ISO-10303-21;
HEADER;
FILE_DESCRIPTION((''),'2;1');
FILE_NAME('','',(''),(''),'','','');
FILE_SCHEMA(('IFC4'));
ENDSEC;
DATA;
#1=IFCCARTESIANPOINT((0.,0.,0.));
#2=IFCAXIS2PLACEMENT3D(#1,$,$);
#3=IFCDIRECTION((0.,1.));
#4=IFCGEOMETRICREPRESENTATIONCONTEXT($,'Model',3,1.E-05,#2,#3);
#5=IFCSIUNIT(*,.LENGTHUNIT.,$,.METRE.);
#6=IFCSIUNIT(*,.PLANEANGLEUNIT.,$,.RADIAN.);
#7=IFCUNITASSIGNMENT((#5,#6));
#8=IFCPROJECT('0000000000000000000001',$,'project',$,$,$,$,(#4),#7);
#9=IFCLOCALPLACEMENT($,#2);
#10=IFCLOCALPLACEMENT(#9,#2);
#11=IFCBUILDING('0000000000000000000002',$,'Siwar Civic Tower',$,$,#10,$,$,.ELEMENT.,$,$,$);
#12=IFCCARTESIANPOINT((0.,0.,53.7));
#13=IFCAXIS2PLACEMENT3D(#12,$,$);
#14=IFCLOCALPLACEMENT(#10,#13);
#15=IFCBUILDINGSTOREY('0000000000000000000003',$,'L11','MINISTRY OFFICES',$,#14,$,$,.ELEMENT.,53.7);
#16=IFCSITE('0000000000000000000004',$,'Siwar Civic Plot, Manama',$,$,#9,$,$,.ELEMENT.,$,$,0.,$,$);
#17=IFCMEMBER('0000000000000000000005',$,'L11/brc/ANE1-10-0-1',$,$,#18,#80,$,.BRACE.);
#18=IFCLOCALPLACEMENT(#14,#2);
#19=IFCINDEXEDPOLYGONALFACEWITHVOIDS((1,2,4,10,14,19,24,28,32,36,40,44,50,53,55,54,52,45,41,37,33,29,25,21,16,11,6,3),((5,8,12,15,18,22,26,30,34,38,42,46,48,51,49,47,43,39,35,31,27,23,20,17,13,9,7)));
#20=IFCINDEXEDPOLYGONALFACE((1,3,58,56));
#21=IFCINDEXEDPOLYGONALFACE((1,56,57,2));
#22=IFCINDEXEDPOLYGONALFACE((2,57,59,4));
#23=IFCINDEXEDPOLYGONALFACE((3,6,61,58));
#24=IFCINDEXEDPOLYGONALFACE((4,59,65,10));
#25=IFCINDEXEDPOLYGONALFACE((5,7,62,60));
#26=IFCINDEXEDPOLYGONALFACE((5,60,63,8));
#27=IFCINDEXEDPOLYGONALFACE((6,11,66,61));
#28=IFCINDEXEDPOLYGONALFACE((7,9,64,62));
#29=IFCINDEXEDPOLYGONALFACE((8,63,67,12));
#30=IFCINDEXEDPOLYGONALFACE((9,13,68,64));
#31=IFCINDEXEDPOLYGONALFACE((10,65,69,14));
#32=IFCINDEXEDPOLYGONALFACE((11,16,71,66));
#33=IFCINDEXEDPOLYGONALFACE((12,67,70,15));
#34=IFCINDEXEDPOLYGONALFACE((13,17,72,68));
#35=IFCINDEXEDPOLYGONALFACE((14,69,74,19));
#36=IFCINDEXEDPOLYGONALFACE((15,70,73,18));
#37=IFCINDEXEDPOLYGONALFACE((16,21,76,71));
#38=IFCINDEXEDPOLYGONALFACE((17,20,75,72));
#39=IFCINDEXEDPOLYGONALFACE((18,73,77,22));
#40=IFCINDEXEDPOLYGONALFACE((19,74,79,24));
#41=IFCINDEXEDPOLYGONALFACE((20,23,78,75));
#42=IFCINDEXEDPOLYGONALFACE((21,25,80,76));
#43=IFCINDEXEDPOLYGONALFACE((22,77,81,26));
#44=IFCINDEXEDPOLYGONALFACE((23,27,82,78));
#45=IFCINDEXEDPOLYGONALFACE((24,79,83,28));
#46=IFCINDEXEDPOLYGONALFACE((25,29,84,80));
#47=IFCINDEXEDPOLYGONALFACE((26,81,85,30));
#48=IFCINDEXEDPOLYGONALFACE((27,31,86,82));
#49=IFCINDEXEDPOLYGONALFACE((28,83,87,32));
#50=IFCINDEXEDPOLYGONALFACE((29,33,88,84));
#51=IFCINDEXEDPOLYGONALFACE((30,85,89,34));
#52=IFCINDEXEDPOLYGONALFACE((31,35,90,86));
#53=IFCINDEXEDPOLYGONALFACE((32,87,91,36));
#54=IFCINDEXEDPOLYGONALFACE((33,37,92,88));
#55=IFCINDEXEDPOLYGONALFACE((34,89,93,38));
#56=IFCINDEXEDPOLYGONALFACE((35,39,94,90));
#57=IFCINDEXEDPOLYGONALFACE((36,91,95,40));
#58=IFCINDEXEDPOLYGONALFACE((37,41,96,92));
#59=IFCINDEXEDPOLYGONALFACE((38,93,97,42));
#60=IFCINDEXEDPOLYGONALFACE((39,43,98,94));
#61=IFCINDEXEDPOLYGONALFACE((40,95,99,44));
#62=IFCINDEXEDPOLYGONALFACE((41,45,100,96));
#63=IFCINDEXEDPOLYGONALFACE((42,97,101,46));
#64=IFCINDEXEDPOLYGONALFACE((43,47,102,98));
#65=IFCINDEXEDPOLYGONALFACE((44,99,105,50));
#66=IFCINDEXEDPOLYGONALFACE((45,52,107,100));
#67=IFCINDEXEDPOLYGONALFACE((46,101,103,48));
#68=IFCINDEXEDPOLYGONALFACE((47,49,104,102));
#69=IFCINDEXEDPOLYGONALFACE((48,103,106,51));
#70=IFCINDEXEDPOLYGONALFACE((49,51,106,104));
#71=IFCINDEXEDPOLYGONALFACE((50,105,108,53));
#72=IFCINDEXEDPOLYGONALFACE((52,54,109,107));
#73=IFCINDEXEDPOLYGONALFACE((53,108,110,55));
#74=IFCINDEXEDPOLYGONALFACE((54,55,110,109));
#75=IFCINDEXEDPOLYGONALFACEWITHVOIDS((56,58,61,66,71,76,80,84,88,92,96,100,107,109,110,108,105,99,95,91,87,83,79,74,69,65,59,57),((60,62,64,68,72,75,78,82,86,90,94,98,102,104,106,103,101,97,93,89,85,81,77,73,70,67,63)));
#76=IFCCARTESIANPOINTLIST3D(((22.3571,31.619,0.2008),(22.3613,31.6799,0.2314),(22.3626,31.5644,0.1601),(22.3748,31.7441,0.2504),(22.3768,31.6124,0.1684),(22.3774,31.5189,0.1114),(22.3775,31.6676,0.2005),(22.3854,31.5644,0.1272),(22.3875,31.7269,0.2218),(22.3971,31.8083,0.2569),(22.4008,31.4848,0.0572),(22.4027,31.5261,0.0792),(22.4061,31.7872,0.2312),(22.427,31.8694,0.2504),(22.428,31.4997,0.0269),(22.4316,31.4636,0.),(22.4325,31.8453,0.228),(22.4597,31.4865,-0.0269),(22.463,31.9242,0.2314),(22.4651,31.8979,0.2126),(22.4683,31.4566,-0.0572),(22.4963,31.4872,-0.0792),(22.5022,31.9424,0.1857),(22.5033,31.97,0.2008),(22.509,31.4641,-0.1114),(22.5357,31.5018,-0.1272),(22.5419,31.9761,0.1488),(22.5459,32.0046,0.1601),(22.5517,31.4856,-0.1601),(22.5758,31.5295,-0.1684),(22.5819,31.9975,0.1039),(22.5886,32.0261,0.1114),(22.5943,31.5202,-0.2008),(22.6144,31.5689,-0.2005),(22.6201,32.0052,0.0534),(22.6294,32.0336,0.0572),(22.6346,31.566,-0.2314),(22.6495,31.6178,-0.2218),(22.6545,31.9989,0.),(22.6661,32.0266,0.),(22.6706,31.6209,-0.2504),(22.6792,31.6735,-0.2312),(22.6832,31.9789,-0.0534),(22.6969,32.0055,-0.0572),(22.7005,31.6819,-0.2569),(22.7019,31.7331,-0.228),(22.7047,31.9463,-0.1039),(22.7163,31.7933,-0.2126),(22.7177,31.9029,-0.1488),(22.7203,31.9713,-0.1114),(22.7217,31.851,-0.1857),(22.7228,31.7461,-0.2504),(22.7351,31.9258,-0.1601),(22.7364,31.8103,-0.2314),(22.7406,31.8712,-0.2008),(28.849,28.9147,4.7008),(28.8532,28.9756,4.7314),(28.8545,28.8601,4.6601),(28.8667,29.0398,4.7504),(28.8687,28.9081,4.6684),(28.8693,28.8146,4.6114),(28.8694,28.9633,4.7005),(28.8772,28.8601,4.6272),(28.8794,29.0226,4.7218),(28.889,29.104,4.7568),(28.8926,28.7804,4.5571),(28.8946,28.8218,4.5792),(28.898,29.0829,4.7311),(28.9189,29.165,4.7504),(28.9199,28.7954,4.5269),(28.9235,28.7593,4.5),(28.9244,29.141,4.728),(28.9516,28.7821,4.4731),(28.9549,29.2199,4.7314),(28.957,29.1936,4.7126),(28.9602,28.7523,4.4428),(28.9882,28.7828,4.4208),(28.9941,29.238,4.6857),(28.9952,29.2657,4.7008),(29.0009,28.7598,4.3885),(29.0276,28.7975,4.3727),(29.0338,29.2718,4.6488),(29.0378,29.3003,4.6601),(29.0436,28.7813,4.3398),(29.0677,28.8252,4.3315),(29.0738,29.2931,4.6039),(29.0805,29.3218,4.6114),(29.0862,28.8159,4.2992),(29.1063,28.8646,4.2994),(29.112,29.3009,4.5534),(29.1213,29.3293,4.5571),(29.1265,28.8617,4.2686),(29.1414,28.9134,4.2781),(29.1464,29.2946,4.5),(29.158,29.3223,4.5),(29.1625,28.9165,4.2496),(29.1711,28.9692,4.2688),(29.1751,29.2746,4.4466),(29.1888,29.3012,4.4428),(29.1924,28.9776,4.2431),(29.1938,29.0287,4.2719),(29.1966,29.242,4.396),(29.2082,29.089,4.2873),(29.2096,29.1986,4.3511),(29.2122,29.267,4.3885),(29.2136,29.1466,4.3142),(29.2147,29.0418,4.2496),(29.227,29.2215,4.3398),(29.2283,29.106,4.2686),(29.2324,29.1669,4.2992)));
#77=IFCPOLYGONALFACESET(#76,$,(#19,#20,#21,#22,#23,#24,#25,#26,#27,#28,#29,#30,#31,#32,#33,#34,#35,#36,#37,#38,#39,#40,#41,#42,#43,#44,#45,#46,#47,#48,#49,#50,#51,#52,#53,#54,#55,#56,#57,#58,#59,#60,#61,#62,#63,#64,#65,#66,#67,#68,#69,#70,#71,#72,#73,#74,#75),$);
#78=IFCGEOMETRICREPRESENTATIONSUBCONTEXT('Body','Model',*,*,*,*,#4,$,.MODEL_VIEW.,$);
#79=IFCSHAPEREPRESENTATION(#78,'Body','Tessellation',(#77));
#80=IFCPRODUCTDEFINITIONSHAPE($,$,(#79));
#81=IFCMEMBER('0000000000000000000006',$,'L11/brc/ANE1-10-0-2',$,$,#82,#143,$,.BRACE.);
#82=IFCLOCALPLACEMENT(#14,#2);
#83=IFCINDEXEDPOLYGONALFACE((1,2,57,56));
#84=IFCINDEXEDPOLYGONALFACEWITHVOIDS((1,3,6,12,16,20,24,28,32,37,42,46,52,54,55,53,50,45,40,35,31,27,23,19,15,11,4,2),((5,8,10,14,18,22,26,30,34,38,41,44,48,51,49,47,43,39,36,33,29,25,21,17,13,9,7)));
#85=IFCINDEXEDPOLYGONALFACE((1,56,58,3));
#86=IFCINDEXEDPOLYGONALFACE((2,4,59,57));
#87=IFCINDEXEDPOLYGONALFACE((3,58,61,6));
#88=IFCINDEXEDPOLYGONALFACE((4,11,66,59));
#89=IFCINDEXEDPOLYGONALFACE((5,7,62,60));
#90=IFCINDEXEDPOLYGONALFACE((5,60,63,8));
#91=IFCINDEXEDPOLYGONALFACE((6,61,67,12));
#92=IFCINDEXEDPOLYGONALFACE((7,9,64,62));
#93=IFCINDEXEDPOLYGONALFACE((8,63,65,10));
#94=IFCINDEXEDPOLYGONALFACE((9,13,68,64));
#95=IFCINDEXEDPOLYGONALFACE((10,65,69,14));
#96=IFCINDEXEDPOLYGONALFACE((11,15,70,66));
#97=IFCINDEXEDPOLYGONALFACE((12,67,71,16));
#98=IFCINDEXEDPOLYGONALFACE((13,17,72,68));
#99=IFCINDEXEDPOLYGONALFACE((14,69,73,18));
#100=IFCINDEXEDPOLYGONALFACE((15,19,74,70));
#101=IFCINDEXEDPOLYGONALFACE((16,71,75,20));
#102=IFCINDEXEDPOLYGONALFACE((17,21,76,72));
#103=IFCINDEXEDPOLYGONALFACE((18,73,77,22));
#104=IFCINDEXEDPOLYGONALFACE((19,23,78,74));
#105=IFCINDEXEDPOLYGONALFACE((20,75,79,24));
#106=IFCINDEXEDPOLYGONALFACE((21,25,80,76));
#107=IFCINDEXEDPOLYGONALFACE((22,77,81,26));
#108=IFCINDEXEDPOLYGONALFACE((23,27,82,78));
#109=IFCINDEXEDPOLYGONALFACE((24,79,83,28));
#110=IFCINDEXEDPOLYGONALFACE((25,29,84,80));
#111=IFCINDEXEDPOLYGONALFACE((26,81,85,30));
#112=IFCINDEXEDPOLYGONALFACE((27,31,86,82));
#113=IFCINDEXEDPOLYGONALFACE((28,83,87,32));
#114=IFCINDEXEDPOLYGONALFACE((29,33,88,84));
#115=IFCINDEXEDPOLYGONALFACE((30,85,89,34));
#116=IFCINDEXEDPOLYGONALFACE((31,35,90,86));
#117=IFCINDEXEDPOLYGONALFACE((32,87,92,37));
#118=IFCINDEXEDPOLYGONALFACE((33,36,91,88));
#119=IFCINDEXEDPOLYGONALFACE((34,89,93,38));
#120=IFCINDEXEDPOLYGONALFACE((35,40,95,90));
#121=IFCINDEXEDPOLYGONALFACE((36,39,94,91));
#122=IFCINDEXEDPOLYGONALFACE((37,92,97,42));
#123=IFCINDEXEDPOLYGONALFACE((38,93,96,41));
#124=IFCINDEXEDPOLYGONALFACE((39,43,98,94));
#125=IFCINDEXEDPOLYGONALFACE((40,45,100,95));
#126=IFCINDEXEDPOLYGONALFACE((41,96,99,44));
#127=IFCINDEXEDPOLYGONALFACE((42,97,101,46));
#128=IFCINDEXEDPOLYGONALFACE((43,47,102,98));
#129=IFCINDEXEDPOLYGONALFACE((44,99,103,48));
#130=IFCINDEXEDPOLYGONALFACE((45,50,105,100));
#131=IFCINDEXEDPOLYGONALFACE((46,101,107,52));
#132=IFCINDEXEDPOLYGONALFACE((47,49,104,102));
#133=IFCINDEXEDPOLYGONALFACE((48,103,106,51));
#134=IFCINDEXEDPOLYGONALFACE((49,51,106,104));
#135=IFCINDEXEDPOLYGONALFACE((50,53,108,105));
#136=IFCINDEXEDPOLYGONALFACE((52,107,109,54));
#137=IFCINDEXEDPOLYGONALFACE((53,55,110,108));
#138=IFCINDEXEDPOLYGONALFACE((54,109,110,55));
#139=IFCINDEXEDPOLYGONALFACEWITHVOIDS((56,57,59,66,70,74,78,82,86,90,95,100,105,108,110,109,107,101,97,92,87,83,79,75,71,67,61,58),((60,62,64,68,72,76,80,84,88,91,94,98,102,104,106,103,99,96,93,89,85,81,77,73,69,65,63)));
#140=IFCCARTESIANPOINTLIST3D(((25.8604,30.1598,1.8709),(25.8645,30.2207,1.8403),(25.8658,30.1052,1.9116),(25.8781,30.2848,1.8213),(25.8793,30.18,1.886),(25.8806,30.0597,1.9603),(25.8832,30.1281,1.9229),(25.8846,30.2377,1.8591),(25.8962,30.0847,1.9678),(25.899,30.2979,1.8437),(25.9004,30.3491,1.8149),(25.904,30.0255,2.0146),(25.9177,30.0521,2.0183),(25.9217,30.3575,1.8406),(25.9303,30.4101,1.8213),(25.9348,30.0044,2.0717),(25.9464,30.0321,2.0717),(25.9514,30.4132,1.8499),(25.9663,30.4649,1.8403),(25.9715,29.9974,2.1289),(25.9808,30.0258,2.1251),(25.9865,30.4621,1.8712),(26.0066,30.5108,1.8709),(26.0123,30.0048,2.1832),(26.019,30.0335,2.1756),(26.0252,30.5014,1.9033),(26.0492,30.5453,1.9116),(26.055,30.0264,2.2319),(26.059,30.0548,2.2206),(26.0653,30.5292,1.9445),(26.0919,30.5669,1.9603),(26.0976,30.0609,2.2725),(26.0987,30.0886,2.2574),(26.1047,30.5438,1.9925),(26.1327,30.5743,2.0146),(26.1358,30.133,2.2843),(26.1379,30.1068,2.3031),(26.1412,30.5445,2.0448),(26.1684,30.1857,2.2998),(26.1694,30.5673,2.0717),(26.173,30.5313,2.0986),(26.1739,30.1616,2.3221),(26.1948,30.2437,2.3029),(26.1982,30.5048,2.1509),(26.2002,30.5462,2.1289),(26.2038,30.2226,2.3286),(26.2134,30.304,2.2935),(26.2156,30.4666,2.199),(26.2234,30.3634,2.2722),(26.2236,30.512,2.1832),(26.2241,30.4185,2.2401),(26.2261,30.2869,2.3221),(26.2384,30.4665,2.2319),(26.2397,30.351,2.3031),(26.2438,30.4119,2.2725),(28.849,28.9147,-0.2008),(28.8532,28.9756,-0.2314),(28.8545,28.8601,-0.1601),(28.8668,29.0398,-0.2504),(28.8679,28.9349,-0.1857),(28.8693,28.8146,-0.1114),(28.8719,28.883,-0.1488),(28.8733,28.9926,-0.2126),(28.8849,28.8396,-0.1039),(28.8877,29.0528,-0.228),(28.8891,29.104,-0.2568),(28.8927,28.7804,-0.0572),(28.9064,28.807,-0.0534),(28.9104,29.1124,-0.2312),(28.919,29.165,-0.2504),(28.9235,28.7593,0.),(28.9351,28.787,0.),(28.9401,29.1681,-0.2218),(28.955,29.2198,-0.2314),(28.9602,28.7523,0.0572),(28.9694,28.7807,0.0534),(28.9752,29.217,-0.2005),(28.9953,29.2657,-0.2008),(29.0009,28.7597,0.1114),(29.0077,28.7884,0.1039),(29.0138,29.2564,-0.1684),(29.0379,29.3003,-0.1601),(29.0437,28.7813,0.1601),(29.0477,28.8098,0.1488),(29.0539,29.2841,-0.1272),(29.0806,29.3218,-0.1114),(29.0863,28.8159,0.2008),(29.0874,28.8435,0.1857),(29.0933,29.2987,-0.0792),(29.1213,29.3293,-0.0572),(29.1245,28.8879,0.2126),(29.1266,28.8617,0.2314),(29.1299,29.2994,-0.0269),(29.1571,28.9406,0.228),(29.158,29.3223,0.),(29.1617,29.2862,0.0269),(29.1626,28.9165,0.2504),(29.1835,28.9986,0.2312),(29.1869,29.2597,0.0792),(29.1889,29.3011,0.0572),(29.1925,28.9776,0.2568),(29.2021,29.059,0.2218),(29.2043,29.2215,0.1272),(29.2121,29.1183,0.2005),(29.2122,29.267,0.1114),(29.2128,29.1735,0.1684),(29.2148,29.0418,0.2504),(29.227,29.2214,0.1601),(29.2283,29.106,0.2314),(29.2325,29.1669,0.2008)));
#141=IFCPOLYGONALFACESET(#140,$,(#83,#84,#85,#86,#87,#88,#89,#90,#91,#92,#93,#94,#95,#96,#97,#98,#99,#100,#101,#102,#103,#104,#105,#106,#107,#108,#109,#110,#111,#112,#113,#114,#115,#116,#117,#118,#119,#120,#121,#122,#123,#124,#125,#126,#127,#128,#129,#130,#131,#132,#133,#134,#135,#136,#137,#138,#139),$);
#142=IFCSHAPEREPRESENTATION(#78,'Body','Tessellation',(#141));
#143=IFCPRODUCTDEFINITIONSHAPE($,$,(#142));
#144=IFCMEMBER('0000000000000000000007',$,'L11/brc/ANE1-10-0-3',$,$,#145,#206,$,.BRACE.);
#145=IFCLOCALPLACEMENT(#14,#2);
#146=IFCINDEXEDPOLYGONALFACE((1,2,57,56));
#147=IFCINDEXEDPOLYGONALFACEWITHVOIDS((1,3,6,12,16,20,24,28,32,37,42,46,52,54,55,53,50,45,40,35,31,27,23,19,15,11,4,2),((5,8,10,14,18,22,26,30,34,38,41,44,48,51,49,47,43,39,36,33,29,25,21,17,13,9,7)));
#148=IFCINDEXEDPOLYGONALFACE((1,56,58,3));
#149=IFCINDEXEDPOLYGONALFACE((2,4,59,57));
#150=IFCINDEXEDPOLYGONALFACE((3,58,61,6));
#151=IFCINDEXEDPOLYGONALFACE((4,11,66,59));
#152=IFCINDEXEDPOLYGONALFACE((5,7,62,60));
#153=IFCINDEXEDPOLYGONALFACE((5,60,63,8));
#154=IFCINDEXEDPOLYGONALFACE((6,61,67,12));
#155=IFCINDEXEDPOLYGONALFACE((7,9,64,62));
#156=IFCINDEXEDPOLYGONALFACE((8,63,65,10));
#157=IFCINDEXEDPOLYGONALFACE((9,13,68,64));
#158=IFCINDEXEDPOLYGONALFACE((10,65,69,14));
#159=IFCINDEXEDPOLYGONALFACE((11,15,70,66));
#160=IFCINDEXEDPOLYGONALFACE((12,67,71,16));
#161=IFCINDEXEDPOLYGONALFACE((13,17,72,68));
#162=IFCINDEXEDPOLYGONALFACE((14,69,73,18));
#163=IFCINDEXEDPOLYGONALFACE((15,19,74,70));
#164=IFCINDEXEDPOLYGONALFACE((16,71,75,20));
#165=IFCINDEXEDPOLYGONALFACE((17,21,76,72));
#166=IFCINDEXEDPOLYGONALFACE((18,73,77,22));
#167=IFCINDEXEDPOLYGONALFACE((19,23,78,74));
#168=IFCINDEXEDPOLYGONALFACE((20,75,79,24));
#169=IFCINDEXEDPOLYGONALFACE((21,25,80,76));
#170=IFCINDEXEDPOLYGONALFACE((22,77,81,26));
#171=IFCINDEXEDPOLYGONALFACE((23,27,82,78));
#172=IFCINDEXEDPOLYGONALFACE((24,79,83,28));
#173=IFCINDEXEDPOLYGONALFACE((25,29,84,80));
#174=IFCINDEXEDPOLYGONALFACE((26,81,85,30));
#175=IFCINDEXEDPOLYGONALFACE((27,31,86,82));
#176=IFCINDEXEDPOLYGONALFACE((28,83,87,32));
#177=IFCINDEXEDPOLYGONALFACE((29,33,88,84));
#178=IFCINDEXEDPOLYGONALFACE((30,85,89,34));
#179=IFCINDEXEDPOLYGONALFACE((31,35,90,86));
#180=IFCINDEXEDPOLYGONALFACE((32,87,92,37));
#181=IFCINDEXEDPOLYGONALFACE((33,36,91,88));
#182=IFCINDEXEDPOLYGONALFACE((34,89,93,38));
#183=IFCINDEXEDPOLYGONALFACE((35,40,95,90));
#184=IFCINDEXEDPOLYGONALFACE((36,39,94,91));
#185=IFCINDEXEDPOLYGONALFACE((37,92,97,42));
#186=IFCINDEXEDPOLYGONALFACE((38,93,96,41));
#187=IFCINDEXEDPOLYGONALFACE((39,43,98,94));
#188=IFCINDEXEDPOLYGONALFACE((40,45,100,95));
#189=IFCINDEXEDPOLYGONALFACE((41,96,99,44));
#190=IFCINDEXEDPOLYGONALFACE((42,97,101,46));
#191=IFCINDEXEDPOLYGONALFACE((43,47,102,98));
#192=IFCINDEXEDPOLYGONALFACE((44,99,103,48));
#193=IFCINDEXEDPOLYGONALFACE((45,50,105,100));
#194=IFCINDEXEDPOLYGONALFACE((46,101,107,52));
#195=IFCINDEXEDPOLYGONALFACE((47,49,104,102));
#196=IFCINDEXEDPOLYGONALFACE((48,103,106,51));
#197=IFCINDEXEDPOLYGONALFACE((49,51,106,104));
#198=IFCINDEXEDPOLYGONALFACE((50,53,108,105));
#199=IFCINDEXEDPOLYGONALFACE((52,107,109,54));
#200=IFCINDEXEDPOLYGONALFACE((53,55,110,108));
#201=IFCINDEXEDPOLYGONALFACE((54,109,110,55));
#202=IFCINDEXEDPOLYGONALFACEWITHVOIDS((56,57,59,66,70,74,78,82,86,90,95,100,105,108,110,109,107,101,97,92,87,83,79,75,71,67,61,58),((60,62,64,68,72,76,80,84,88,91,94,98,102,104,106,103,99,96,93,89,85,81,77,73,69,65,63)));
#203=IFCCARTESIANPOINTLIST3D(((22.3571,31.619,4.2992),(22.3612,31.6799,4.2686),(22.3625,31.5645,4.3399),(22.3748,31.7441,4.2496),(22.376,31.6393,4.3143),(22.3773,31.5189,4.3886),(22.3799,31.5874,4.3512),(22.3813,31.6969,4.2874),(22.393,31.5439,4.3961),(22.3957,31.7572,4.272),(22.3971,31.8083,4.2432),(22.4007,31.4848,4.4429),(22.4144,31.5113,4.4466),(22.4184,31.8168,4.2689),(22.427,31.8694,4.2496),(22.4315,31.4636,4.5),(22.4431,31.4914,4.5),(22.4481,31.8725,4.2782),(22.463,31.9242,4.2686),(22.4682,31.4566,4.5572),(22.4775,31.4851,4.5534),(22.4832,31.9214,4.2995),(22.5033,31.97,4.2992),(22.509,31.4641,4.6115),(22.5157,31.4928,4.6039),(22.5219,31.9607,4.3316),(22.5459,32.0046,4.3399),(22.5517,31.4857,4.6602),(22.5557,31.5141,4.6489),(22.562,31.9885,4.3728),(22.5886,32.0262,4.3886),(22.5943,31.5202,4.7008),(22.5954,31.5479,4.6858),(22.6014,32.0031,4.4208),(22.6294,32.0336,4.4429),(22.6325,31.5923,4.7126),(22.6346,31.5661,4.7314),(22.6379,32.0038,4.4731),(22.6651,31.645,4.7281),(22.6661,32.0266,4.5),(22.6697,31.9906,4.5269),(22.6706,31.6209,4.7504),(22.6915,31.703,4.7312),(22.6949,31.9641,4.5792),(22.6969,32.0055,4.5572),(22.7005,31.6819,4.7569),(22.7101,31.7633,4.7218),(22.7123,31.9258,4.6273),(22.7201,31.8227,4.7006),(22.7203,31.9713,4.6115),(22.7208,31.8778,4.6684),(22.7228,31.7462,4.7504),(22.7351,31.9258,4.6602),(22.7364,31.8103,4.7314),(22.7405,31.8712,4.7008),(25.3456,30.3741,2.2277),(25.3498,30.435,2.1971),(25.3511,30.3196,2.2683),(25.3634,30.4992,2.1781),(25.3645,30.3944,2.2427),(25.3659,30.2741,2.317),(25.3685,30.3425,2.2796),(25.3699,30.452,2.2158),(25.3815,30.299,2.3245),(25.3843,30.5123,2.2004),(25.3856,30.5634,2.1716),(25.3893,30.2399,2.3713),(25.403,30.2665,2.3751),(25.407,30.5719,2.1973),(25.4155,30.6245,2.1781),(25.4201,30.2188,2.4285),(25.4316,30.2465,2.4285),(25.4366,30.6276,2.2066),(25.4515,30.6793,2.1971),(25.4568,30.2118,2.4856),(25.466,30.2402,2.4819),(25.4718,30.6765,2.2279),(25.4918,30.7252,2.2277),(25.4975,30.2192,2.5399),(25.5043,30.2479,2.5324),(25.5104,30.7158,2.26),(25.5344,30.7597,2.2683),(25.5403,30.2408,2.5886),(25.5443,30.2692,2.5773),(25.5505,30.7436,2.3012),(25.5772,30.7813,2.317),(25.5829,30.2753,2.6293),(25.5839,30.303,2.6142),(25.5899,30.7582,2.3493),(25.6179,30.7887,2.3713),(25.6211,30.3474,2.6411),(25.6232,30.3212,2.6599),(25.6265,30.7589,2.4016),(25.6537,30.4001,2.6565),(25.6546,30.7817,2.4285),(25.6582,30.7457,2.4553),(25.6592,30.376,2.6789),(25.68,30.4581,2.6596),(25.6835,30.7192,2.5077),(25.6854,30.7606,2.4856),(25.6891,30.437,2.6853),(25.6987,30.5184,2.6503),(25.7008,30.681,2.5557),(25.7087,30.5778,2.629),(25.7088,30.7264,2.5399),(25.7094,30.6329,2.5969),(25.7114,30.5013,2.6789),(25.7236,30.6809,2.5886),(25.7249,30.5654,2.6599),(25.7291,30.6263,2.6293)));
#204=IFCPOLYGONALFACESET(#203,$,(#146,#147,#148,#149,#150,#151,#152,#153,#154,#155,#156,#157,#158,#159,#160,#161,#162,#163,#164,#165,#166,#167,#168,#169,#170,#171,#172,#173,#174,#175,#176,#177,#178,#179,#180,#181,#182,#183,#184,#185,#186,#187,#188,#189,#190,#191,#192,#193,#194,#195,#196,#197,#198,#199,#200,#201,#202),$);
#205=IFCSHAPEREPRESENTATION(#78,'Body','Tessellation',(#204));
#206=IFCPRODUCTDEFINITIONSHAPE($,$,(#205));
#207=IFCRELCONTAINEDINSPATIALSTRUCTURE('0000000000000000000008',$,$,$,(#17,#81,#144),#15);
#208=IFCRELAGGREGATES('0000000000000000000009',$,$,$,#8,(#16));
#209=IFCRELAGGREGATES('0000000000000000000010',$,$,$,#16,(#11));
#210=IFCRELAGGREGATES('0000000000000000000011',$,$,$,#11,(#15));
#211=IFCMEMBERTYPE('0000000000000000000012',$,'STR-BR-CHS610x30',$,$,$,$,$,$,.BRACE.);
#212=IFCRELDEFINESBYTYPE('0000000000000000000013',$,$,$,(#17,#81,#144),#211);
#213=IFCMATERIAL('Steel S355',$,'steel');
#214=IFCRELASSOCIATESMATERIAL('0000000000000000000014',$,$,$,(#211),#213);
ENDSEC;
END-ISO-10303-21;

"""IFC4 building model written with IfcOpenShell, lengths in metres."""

from ifc_helpers import new_model, si_unit, direction, frame, origin, origin_2d, place, context, subcontext, project, spatial, hollow_circle, extrude, material, material_profile, profile_set, type_object, element, save


model = new_model("IFC4")

# Units and contexts
model_context = context("Model", 3, precision=1e-05, world=origin(), true_north=direction((0.0, 1.0)))
body_context = subcontext(model_context, "Body", "Model", "MODEL_VIEW")
ifc_project = project(units=[si_unit("LENGTHUNIT", "METRE"), si_unit("PLANEANGLEUNIT", "RADIAN")], contexts=[model_context])

# Site, building, storey
site_placement = place(None, origin())
site = spatial("IfcSite", under=ifc_project, at=site_placement, Name="Siwar Civic Plot, Manama", CompositionType="ELEMENT", RefElevation=0.0)
building_placement = place(site_placement, origin())
building = spatial("IfcBuilding", under=site, at=building_placement, Name="Siwar Civic Tower", CompositionType="ELEMENT")
storey_placement = place(building_placement, frame((0.0, 0.0, 53.7)))
storey = spatial("IfcBuildingStorey", under=building, at=storey_placement, Name="L11", Description="MINISTRY OFFICES", CompositionType="ELEMENT", Elevation=53.7)

# Members
ifc_material_1 = material(Name="Steel S355", Category="steel")
ifc_material_profile_1 = material_profile(ifc_material_1, hollow_circle(Radius=0.3049, WallThickness=0.03, at=origin_2d()), Name="CHS610x30")
ifc_profile_set_1 = profile_set([ifc_material_profile_1], Name="Steel S355")
member_type_1 = type_object("IfcMemberType", Name="STR-BR-CHS610x30", PredefinedType="BRACE", material=ifc_profile_set_1)
member_1_placement = place(storey_placement, frame((22.5488, 31.7451, 0.0), z_axis=(0.777555, -0.323906, 0.538975), x_axis=(0.384539, 0.923109, 0.0)))
element("IfcMember", 1, at=member_1_placement, inside=storey, type_object=member_type_1, Name="L11/brc/ANE1-10-0-1", PredefinedType="BRACE", context=body_context, shape_type="SweptSolid", body=[
    extrude(hollow_circle(Radius=0.3049, WallThickness=0.03, at=origin_2d()), origin(), (0.0, 0.0, 1.0), 8.3491),
])
member_2_placement = place(storey_placement, frame((29.0408, 29.0408, 0.0), z_axis=(-0.777542, 0.323923, 0.538982), x_axis=(-0.384562, -0.923099, 0.0)))
element("IfcMember", 2, at=member_2_placement, inside=storey, type_object=member_type_1, Name="L11/brc/ANE1-10-0-2", PredefinedType="BRACE", context=body_context, shape_type="SweptSolid", body=[
    extrude(hollow_circle(Radius=0.3049, WallThickness=0.03, at=origin_2d()), origin(), (0.0, 0.0, 1.0), 3.8438),
])
member_3_placement = place(storey_placement, frame((25.5374, 30.5002, 2.4285), z_axis=(-0.77756, 0.323893, 0.538975), x_axis=(-0.384524, -0.923115, 0.0)))
element("IfcMember", 3, at=member_3_placement, inside=storey, type_object=member_type_1, Name="L11/brc/ANE1-10-0-3", PredefinedType="BRACE", context=body_context, shape_type="SweptSolid", body=[
    extrude(hollow_circle(Radius=0.3049, WallThickness=0.03, at=origin_2d()), origin(), (0.0, 0.0, 1.0), 3.8435),
])

save(model, "model.ifc")
